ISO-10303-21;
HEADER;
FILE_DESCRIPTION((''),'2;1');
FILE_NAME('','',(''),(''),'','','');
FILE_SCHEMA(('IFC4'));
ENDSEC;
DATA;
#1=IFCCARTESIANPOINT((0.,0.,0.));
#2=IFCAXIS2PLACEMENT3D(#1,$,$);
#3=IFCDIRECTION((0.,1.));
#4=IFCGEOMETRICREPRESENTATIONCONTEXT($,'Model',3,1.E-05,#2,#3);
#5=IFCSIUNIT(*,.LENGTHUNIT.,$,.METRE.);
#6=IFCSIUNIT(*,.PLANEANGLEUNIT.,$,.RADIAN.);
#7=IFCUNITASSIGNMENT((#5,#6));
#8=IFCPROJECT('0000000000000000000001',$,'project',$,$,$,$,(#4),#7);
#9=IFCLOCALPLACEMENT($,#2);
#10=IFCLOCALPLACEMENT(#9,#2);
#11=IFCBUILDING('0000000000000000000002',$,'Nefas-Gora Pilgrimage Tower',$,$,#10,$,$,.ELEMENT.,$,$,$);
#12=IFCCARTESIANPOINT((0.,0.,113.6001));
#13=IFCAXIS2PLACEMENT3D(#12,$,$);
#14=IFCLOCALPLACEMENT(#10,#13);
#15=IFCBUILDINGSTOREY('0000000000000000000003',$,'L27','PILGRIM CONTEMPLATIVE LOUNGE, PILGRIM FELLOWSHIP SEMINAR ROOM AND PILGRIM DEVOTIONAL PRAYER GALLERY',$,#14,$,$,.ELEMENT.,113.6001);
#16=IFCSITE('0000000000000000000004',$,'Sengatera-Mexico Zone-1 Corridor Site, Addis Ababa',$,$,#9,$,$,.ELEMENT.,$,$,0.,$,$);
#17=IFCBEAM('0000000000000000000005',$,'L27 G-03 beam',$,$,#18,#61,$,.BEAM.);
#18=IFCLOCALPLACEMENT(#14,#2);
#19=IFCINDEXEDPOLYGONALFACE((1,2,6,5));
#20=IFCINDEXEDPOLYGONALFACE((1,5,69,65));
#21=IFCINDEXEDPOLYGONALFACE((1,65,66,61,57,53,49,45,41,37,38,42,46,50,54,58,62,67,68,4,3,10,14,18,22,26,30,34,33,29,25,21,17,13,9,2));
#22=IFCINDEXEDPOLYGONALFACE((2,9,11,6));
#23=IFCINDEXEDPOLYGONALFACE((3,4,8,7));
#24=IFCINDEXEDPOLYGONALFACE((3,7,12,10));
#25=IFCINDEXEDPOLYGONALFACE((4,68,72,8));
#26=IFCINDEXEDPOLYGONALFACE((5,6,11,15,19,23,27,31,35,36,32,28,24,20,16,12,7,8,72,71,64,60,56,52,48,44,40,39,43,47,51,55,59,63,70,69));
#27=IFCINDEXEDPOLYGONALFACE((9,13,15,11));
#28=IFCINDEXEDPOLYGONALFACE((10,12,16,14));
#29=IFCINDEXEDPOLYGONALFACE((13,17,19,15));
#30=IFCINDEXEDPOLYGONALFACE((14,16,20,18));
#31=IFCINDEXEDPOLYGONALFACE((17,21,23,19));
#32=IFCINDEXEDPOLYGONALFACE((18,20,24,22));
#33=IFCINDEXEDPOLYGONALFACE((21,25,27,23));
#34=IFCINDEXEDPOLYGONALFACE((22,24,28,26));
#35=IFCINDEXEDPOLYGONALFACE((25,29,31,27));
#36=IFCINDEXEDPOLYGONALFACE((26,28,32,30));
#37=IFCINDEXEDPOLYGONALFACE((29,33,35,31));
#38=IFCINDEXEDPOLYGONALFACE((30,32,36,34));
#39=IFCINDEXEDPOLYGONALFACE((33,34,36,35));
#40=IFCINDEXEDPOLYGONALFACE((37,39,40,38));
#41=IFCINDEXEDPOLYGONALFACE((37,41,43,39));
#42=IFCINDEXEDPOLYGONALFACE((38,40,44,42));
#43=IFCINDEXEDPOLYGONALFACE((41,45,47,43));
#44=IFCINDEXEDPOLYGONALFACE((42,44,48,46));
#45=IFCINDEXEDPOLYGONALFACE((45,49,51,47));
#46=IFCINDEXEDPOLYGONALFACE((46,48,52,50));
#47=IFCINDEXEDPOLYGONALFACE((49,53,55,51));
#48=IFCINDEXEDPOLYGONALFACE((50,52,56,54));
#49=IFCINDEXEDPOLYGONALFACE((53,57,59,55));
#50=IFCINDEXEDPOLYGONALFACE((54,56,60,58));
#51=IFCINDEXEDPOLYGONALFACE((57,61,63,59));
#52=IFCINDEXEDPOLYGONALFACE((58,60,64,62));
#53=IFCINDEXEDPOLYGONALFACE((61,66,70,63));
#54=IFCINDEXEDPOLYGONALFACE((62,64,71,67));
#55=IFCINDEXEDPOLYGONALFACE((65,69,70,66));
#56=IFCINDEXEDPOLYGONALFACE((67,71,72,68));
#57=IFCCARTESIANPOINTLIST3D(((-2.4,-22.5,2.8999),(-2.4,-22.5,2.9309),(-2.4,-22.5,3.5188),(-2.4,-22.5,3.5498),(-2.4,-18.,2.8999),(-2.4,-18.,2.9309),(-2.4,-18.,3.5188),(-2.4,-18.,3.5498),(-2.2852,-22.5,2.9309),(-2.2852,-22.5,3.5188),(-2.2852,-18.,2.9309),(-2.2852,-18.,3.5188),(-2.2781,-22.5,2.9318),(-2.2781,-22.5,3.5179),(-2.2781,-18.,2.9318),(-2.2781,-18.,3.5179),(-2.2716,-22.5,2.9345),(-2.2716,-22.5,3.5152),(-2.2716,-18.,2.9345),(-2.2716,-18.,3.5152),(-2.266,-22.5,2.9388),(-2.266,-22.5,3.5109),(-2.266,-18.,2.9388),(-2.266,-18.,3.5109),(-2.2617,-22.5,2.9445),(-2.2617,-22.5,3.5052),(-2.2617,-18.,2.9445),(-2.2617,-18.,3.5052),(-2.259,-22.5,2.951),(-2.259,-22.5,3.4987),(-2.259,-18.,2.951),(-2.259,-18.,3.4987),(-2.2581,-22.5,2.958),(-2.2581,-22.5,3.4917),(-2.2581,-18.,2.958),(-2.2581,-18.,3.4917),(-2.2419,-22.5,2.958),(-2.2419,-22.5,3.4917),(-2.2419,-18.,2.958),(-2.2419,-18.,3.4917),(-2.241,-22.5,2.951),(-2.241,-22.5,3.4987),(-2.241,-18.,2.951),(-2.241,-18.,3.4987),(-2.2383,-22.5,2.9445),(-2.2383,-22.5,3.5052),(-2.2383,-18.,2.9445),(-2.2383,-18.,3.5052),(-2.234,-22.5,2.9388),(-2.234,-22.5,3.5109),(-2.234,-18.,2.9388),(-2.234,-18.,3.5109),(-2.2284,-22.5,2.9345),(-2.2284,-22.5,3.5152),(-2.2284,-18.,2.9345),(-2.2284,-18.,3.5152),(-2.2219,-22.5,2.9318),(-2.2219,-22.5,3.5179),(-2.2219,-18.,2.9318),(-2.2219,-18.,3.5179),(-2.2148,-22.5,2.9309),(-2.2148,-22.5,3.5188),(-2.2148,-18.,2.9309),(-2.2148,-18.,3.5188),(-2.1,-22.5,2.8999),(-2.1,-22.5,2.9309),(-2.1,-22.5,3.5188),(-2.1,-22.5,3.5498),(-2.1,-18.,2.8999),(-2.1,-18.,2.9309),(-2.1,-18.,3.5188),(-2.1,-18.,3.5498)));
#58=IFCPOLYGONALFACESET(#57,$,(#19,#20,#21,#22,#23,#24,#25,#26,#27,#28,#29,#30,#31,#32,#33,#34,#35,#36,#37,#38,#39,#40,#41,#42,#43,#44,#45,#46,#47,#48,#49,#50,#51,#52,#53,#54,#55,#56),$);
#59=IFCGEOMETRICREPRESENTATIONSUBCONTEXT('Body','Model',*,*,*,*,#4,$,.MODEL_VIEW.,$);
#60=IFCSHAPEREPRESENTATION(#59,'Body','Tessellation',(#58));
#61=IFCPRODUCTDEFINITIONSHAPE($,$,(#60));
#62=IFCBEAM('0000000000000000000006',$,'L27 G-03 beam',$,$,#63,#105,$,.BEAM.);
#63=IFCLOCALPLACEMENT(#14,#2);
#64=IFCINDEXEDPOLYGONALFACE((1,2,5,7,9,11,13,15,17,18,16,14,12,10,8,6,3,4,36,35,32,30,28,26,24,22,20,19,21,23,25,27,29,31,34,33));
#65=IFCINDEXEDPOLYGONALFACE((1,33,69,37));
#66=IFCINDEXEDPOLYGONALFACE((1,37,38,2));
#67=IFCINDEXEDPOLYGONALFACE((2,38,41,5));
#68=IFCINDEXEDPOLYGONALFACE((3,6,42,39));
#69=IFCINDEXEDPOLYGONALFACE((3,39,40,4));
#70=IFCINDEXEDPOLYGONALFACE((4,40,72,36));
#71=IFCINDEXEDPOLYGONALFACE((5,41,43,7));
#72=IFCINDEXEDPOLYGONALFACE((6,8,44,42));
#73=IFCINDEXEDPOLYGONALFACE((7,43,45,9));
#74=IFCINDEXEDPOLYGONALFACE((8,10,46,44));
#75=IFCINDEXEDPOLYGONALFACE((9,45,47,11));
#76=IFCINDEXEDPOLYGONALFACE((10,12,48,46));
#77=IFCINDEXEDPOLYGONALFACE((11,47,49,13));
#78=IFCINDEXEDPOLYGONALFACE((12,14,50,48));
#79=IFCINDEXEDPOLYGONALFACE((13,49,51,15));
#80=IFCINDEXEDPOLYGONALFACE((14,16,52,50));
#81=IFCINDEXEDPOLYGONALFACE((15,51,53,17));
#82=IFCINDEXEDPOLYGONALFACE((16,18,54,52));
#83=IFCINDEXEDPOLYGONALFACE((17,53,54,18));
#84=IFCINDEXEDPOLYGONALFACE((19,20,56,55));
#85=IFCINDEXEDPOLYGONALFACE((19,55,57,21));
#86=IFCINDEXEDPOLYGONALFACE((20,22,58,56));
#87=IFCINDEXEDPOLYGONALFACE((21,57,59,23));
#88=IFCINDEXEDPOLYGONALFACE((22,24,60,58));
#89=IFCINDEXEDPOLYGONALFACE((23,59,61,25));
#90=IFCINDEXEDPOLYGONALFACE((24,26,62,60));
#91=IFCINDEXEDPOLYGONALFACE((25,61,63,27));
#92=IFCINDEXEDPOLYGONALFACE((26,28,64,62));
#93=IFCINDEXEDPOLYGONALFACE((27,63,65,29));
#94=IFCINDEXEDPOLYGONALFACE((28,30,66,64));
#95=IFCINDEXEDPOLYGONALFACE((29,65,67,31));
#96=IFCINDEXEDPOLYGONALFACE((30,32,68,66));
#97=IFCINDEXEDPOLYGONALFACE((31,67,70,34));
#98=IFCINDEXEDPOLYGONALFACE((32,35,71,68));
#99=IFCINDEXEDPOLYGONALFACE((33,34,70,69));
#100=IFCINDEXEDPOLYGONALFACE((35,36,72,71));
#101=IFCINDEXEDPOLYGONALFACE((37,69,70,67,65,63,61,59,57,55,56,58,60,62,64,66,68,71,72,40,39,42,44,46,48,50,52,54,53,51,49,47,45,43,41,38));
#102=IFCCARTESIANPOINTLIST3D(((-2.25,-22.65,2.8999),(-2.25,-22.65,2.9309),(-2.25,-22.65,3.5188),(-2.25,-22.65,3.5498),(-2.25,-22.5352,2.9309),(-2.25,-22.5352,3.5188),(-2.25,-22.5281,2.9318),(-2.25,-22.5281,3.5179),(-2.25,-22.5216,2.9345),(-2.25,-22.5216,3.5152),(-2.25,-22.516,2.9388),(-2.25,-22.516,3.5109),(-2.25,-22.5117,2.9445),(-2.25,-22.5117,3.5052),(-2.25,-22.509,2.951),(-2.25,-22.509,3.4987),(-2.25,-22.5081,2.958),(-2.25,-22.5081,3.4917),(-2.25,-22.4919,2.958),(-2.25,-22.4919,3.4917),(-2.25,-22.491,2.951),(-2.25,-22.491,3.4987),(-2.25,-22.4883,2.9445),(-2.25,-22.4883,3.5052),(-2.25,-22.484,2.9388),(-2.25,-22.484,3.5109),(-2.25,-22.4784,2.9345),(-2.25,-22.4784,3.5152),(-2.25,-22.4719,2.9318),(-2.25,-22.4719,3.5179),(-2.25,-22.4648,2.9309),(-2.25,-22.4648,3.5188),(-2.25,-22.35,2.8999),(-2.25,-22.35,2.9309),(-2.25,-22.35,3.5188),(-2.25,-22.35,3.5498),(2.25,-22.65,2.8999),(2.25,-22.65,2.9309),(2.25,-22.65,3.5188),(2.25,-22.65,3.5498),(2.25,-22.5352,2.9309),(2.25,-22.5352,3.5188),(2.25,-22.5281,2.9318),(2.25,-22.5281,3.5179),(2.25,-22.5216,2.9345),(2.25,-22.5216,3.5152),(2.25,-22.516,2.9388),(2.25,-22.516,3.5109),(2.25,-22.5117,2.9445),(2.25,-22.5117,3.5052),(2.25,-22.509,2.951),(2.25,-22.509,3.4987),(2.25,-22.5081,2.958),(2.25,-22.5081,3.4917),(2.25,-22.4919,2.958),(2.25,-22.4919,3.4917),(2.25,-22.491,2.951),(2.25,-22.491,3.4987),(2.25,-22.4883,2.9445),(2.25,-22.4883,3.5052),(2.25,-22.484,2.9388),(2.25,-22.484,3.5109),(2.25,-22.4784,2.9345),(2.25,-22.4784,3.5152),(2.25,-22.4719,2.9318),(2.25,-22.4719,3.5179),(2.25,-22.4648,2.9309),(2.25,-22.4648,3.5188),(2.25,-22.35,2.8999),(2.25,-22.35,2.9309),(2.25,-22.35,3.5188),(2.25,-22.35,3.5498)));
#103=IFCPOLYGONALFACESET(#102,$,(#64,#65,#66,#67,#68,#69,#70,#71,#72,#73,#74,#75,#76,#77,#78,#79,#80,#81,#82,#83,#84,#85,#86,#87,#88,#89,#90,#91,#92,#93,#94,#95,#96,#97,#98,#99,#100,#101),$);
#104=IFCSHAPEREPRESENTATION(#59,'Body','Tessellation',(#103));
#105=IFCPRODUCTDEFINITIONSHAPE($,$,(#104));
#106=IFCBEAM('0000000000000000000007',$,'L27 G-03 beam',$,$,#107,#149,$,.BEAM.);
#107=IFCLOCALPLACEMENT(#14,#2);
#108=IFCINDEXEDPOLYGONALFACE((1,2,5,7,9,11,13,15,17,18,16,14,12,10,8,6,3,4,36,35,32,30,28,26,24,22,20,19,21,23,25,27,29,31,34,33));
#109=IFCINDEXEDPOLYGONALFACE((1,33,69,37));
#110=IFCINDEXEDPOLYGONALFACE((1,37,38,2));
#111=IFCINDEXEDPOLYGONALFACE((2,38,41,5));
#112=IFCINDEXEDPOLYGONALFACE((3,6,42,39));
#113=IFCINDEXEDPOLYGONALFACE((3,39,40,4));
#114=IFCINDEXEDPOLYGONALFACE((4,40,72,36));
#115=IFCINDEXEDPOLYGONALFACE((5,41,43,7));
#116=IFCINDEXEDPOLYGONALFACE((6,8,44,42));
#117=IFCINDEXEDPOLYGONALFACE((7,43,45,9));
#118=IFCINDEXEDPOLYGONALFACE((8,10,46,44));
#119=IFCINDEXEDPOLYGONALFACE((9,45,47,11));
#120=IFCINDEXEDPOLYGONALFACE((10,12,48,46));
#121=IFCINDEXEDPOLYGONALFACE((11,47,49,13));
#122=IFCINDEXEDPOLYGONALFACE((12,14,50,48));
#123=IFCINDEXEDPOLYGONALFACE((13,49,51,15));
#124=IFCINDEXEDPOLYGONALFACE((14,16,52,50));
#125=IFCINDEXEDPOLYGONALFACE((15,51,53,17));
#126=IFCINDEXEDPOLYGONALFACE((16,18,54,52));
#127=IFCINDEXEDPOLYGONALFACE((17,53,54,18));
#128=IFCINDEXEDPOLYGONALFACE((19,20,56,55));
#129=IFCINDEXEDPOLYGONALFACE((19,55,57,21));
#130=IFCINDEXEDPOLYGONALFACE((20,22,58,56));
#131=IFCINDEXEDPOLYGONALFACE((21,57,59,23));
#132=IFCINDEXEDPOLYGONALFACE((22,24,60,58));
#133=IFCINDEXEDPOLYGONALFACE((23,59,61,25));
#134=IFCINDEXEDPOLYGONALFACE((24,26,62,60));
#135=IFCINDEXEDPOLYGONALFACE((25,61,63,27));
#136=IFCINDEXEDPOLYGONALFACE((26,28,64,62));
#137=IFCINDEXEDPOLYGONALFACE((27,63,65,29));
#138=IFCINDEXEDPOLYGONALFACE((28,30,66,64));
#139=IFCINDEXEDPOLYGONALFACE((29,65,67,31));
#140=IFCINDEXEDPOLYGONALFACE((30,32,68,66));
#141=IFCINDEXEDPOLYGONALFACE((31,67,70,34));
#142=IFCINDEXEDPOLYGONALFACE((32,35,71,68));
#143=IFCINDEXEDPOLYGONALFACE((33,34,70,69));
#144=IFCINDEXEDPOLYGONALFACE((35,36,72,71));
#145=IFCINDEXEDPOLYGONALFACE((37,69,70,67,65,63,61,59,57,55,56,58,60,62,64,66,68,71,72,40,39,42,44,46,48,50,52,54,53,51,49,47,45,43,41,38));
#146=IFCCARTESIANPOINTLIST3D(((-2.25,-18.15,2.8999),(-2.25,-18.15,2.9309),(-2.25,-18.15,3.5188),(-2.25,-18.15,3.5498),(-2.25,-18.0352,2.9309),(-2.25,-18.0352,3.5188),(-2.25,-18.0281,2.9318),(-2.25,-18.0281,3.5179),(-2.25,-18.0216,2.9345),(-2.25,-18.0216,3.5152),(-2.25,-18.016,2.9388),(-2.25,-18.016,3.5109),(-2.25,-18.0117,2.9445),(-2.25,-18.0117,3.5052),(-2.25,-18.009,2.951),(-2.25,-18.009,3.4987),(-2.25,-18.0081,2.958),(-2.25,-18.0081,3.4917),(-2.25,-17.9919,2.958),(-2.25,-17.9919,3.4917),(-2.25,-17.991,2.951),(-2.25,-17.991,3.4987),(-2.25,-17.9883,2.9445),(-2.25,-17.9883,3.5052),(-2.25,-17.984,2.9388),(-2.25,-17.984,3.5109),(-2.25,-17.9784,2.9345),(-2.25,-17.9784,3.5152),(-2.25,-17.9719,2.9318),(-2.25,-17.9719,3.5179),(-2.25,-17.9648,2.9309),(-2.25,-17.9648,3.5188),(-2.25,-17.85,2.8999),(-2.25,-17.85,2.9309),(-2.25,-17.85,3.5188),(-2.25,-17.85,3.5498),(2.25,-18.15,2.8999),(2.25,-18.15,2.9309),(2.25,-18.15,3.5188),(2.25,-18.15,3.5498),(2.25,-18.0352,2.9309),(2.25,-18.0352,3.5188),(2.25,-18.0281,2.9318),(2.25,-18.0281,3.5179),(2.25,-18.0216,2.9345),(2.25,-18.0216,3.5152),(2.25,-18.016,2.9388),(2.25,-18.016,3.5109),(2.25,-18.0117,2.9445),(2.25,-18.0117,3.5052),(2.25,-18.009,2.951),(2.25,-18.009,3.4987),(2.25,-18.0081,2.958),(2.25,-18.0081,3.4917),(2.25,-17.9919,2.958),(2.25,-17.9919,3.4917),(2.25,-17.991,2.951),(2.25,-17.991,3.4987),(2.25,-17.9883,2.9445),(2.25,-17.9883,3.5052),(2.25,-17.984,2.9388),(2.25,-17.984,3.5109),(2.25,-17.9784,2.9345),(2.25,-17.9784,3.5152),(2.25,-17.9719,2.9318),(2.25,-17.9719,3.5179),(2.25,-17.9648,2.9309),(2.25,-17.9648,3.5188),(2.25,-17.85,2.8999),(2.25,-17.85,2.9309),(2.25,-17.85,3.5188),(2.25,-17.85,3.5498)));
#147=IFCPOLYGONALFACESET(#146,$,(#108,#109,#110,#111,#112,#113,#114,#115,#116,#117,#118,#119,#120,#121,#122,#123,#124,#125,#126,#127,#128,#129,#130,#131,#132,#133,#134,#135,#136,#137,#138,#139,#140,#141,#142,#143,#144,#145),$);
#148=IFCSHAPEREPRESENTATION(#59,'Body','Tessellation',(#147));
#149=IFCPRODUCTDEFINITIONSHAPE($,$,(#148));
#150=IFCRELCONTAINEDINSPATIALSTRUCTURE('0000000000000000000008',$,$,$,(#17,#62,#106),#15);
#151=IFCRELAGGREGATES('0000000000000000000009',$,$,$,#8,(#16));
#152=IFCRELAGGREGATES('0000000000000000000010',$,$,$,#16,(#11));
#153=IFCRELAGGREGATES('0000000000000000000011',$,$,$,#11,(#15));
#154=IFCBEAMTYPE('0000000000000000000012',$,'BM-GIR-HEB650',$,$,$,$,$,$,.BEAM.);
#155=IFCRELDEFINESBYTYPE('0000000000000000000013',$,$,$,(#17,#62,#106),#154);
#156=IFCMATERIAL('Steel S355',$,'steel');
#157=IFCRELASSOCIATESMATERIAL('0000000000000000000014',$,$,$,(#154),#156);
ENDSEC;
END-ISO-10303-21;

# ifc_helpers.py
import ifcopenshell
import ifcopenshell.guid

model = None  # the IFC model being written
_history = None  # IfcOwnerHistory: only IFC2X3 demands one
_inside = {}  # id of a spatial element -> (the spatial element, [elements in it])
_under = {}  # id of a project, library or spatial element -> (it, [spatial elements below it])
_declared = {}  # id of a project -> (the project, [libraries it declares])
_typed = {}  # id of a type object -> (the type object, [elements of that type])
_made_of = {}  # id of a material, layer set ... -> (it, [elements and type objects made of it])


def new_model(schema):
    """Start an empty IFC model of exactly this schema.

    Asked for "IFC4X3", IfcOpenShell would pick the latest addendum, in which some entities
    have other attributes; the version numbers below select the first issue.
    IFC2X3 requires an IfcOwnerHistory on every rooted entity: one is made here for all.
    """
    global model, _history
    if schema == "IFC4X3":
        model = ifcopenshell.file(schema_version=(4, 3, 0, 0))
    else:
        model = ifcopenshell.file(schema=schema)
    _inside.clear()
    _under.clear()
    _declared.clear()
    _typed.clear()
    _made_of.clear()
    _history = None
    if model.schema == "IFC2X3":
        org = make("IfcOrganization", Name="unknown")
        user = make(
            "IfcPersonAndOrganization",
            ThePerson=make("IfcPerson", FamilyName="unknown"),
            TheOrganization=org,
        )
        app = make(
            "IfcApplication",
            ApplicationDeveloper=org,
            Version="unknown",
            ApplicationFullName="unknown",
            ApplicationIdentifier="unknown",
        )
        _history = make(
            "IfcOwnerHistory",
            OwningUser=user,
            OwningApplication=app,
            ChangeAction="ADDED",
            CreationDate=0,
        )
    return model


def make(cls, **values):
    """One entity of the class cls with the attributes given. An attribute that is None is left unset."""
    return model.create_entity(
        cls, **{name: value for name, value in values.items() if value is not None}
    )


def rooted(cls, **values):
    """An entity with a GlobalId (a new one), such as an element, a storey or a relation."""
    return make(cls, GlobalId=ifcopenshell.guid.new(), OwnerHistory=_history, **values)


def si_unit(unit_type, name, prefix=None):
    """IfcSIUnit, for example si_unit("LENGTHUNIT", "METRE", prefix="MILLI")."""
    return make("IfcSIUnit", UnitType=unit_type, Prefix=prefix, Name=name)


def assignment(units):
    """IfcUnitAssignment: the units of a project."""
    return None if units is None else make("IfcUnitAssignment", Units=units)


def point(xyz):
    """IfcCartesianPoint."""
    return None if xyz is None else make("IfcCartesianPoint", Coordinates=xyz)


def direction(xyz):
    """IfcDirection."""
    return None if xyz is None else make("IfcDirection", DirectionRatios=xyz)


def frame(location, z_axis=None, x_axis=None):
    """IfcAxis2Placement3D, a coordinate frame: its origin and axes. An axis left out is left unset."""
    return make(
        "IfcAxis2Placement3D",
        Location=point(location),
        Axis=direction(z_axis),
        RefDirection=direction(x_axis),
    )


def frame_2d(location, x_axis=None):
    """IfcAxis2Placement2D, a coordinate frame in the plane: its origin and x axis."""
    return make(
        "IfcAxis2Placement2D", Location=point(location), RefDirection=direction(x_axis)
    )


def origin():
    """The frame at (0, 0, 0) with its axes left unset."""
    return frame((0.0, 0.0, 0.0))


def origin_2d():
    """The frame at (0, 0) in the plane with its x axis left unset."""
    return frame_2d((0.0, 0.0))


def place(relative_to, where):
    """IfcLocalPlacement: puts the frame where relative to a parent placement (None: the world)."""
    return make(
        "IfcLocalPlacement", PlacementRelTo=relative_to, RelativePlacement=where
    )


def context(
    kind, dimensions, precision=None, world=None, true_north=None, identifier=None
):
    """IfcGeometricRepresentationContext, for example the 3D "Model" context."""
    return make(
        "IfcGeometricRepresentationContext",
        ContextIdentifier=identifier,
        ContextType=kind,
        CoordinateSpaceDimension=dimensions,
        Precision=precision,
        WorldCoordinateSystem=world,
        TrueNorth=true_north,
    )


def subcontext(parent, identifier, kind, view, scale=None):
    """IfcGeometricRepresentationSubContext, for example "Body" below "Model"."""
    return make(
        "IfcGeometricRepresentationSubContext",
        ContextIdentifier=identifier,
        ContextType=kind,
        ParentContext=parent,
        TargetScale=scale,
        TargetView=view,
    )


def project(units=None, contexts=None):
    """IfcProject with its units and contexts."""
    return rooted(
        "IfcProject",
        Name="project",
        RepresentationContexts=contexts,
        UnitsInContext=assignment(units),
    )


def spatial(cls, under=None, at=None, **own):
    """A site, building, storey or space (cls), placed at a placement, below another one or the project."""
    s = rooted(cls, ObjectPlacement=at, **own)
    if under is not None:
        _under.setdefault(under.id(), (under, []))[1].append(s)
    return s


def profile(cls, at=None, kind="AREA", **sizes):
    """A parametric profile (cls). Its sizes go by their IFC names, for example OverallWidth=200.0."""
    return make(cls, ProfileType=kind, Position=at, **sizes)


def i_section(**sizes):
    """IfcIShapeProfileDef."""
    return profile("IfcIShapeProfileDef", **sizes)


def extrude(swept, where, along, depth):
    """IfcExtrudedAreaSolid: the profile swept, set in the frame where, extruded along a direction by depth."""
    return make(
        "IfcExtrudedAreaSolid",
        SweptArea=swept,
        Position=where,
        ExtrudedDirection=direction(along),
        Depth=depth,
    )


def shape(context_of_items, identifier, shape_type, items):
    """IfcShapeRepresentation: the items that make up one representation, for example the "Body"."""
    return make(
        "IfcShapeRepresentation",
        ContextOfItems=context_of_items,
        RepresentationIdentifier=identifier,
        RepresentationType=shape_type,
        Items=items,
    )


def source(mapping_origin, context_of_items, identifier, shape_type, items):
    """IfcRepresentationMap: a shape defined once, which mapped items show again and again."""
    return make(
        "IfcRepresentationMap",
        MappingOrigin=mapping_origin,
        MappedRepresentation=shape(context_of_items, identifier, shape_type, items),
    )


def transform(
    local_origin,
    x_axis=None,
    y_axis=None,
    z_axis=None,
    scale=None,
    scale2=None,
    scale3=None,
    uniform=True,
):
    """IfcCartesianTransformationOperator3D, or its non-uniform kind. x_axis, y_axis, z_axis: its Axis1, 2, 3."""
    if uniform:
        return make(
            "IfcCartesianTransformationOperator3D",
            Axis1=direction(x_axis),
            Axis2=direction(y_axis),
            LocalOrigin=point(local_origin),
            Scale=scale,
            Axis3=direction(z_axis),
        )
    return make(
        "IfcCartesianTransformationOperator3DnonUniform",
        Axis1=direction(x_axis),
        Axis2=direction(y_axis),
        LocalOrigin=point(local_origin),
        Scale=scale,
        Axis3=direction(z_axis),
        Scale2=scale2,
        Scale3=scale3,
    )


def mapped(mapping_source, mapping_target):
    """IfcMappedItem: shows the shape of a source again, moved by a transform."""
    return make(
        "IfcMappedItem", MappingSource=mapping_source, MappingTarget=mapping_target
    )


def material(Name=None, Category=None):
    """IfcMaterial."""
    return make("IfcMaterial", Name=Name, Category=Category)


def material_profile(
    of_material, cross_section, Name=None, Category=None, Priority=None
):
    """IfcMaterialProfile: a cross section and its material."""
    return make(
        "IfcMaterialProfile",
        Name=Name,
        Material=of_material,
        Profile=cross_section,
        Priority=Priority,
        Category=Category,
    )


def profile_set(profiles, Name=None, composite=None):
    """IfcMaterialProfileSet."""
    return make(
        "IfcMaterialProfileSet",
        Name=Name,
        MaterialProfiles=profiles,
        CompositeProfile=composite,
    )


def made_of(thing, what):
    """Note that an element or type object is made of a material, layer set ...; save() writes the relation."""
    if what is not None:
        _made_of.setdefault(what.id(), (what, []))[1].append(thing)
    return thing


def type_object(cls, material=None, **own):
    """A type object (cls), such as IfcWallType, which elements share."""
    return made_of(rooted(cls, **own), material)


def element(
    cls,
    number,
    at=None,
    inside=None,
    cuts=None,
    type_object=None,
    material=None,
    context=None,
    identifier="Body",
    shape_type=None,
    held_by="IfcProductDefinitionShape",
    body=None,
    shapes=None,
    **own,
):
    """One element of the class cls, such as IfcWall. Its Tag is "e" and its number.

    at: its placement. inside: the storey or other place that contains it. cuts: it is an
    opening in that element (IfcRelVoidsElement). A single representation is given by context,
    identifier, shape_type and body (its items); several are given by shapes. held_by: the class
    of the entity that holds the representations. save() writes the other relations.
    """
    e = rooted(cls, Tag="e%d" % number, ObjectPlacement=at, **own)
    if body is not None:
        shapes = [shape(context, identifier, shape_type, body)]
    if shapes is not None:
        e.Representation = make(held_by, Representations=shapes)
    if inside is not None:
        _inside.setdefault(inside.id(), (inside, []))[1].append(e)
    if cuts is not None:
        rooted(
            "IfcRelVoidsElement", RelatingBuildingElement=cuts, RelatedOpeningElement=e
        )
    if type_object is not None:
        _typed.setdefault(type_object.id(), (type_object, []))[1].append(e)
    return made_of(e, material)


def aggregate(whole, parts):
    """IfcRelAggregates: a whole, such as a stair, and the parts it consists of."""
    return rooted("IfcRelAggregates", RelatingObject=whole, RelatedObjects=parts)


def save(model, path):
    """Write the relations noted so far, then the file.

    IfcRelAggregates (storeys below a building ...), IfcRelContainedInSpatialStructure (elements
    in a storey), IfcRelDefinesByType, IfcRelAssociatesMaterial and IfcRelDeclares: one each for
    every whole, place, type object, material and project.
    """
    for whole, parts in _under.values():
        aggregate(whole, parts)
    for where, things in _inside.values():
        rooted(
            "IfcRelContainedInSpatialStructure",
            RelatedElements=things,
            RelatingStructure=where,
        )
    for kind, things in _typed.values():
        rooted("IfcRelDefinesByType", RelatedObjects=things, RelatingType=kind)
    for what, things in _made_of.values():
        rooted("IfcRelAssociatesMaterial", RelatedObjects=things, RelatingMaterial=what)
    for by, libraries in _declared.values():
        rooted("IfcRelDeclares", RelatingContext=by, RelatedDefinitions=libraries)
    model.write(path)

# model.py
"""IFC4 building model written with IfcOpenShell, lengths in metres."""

from ifc_helpers import new_model, si_unit, direction, frame, origin, origin_2d, place, context, subcontext, project, spatial, i_section, extrude, source, transform, mapped, material, material_profile, profile_set, type_object, element, save


model = new_model("IFC4")

# Units and contexts
model_context = context("Model", 3, precision=1e-05, world=origin(), true_north=direction((0.0, 1.0)))
body_context = subcontext(model_context, "Body", "Model", "MODEL_VIEW")
ifc_project = project(units=[si_unit("LENGTHUNIT", "METRE"), si_unit("PLANEANGLEUNIT", "RADIAN")], contexts=[model_context])

# Site, building, storey
site_placement = place(None, origin())
site = spatial("IfcSite", under=ifc_project, at=site_placement, Name="Sengatera-Mexico Zone-1 Corridor Site, Addis Ababa", CompositionType="ELEMENT", RefElevation=0.0)
building_placement = place(site_placement, origin())
building = spatial("IfcBuilding", under=site, at=building_placement, Name="Nefas-Gora Pilgrimage Tower", CompositionType="ELEMENT")
storey_placement = place(building_placement, frame((0.0, 0.0, 113.6001)))
storey = spatial("IfcBuildingStorey", under=building, at=storey_placement, Name="L27", Description="PILGRIM CONTEMPLATIVE LOUNGE, PILGRIM FELLOWSHIP SEMINAR ROOM AND PILGRIM DEVOTIONAL PRAYER GALLERY", CompositionType="ELEMENT", Elevation=113.6001)

# Beams
ifc_material_1 = material(Name="Steel S355", Category="steel")
ifc_material_profile_1 = material_profile(ifc_material_1, i_section(OverallWidth=0.3, OverallDepth=0.6499, WebThickness=0.0161, FlangeThickness=0.031, FilletRadius=0.0271, at=origin_2d()), Name="HEB 650")
ifc_profile_set_1 = profile_set([ifc_material_profile_1], Name="Steel S355")
beam_type = type_object("IfcBeamType", Name="BM-GIR-HEB650", PredefinedType="BEAM", material=ifc_profile_set_1)
shared_shape_1 = source(origin(), body_context, "Body", "SweptSolid", [
    extrude(i_section(OverallWidth=0.3, OverallDepth=0.6499, WebThickness=0.0161, FlangeThickness=0.031, FilletRadius=0.0271, at=origin_2d()), origin(), (0.0, 0.0, 1.0), 4.5),
])
for number, where, z_axis, x_axis, name in (
    (1, (-2.25, -22.5, 3.2249), (0.0, 1.0, 0.0), (-1.0, 0.0, 0.0), "L27 G-03 beam"),
    (2, (-2.25, -22.5, 3.2249), (1.0, 0.0, 0.0), (0.0, 1.0, 0.0), "L27 G-03 beam"),
    (3, (-2.25, -18.0, 3.2249), (1.0, 0.0, 0.0), (0.0, 1.0, 0.0), "L27 G-03 beam"),
):
    element("IfcBeam", number, at=place(storey_placement, frame(where, z_axis=z_axis, x_axis=x_axis)), inside=storey, type_object=beam_type, Name=name, PredefinedType="BEAM", context=body_context, shape_type="MappedRepresentation", body=[
        mapped(shared_shape_1, transform((0.0, 0.0, 0.0), x_axis=(1.0, 0.0, 0.0), y_axis=(0.0, 1.0, 0.0), z_axis=(0.0, 0.0, 1.0), scale=1.0)),
    ])

save(model, "model.ifc")
